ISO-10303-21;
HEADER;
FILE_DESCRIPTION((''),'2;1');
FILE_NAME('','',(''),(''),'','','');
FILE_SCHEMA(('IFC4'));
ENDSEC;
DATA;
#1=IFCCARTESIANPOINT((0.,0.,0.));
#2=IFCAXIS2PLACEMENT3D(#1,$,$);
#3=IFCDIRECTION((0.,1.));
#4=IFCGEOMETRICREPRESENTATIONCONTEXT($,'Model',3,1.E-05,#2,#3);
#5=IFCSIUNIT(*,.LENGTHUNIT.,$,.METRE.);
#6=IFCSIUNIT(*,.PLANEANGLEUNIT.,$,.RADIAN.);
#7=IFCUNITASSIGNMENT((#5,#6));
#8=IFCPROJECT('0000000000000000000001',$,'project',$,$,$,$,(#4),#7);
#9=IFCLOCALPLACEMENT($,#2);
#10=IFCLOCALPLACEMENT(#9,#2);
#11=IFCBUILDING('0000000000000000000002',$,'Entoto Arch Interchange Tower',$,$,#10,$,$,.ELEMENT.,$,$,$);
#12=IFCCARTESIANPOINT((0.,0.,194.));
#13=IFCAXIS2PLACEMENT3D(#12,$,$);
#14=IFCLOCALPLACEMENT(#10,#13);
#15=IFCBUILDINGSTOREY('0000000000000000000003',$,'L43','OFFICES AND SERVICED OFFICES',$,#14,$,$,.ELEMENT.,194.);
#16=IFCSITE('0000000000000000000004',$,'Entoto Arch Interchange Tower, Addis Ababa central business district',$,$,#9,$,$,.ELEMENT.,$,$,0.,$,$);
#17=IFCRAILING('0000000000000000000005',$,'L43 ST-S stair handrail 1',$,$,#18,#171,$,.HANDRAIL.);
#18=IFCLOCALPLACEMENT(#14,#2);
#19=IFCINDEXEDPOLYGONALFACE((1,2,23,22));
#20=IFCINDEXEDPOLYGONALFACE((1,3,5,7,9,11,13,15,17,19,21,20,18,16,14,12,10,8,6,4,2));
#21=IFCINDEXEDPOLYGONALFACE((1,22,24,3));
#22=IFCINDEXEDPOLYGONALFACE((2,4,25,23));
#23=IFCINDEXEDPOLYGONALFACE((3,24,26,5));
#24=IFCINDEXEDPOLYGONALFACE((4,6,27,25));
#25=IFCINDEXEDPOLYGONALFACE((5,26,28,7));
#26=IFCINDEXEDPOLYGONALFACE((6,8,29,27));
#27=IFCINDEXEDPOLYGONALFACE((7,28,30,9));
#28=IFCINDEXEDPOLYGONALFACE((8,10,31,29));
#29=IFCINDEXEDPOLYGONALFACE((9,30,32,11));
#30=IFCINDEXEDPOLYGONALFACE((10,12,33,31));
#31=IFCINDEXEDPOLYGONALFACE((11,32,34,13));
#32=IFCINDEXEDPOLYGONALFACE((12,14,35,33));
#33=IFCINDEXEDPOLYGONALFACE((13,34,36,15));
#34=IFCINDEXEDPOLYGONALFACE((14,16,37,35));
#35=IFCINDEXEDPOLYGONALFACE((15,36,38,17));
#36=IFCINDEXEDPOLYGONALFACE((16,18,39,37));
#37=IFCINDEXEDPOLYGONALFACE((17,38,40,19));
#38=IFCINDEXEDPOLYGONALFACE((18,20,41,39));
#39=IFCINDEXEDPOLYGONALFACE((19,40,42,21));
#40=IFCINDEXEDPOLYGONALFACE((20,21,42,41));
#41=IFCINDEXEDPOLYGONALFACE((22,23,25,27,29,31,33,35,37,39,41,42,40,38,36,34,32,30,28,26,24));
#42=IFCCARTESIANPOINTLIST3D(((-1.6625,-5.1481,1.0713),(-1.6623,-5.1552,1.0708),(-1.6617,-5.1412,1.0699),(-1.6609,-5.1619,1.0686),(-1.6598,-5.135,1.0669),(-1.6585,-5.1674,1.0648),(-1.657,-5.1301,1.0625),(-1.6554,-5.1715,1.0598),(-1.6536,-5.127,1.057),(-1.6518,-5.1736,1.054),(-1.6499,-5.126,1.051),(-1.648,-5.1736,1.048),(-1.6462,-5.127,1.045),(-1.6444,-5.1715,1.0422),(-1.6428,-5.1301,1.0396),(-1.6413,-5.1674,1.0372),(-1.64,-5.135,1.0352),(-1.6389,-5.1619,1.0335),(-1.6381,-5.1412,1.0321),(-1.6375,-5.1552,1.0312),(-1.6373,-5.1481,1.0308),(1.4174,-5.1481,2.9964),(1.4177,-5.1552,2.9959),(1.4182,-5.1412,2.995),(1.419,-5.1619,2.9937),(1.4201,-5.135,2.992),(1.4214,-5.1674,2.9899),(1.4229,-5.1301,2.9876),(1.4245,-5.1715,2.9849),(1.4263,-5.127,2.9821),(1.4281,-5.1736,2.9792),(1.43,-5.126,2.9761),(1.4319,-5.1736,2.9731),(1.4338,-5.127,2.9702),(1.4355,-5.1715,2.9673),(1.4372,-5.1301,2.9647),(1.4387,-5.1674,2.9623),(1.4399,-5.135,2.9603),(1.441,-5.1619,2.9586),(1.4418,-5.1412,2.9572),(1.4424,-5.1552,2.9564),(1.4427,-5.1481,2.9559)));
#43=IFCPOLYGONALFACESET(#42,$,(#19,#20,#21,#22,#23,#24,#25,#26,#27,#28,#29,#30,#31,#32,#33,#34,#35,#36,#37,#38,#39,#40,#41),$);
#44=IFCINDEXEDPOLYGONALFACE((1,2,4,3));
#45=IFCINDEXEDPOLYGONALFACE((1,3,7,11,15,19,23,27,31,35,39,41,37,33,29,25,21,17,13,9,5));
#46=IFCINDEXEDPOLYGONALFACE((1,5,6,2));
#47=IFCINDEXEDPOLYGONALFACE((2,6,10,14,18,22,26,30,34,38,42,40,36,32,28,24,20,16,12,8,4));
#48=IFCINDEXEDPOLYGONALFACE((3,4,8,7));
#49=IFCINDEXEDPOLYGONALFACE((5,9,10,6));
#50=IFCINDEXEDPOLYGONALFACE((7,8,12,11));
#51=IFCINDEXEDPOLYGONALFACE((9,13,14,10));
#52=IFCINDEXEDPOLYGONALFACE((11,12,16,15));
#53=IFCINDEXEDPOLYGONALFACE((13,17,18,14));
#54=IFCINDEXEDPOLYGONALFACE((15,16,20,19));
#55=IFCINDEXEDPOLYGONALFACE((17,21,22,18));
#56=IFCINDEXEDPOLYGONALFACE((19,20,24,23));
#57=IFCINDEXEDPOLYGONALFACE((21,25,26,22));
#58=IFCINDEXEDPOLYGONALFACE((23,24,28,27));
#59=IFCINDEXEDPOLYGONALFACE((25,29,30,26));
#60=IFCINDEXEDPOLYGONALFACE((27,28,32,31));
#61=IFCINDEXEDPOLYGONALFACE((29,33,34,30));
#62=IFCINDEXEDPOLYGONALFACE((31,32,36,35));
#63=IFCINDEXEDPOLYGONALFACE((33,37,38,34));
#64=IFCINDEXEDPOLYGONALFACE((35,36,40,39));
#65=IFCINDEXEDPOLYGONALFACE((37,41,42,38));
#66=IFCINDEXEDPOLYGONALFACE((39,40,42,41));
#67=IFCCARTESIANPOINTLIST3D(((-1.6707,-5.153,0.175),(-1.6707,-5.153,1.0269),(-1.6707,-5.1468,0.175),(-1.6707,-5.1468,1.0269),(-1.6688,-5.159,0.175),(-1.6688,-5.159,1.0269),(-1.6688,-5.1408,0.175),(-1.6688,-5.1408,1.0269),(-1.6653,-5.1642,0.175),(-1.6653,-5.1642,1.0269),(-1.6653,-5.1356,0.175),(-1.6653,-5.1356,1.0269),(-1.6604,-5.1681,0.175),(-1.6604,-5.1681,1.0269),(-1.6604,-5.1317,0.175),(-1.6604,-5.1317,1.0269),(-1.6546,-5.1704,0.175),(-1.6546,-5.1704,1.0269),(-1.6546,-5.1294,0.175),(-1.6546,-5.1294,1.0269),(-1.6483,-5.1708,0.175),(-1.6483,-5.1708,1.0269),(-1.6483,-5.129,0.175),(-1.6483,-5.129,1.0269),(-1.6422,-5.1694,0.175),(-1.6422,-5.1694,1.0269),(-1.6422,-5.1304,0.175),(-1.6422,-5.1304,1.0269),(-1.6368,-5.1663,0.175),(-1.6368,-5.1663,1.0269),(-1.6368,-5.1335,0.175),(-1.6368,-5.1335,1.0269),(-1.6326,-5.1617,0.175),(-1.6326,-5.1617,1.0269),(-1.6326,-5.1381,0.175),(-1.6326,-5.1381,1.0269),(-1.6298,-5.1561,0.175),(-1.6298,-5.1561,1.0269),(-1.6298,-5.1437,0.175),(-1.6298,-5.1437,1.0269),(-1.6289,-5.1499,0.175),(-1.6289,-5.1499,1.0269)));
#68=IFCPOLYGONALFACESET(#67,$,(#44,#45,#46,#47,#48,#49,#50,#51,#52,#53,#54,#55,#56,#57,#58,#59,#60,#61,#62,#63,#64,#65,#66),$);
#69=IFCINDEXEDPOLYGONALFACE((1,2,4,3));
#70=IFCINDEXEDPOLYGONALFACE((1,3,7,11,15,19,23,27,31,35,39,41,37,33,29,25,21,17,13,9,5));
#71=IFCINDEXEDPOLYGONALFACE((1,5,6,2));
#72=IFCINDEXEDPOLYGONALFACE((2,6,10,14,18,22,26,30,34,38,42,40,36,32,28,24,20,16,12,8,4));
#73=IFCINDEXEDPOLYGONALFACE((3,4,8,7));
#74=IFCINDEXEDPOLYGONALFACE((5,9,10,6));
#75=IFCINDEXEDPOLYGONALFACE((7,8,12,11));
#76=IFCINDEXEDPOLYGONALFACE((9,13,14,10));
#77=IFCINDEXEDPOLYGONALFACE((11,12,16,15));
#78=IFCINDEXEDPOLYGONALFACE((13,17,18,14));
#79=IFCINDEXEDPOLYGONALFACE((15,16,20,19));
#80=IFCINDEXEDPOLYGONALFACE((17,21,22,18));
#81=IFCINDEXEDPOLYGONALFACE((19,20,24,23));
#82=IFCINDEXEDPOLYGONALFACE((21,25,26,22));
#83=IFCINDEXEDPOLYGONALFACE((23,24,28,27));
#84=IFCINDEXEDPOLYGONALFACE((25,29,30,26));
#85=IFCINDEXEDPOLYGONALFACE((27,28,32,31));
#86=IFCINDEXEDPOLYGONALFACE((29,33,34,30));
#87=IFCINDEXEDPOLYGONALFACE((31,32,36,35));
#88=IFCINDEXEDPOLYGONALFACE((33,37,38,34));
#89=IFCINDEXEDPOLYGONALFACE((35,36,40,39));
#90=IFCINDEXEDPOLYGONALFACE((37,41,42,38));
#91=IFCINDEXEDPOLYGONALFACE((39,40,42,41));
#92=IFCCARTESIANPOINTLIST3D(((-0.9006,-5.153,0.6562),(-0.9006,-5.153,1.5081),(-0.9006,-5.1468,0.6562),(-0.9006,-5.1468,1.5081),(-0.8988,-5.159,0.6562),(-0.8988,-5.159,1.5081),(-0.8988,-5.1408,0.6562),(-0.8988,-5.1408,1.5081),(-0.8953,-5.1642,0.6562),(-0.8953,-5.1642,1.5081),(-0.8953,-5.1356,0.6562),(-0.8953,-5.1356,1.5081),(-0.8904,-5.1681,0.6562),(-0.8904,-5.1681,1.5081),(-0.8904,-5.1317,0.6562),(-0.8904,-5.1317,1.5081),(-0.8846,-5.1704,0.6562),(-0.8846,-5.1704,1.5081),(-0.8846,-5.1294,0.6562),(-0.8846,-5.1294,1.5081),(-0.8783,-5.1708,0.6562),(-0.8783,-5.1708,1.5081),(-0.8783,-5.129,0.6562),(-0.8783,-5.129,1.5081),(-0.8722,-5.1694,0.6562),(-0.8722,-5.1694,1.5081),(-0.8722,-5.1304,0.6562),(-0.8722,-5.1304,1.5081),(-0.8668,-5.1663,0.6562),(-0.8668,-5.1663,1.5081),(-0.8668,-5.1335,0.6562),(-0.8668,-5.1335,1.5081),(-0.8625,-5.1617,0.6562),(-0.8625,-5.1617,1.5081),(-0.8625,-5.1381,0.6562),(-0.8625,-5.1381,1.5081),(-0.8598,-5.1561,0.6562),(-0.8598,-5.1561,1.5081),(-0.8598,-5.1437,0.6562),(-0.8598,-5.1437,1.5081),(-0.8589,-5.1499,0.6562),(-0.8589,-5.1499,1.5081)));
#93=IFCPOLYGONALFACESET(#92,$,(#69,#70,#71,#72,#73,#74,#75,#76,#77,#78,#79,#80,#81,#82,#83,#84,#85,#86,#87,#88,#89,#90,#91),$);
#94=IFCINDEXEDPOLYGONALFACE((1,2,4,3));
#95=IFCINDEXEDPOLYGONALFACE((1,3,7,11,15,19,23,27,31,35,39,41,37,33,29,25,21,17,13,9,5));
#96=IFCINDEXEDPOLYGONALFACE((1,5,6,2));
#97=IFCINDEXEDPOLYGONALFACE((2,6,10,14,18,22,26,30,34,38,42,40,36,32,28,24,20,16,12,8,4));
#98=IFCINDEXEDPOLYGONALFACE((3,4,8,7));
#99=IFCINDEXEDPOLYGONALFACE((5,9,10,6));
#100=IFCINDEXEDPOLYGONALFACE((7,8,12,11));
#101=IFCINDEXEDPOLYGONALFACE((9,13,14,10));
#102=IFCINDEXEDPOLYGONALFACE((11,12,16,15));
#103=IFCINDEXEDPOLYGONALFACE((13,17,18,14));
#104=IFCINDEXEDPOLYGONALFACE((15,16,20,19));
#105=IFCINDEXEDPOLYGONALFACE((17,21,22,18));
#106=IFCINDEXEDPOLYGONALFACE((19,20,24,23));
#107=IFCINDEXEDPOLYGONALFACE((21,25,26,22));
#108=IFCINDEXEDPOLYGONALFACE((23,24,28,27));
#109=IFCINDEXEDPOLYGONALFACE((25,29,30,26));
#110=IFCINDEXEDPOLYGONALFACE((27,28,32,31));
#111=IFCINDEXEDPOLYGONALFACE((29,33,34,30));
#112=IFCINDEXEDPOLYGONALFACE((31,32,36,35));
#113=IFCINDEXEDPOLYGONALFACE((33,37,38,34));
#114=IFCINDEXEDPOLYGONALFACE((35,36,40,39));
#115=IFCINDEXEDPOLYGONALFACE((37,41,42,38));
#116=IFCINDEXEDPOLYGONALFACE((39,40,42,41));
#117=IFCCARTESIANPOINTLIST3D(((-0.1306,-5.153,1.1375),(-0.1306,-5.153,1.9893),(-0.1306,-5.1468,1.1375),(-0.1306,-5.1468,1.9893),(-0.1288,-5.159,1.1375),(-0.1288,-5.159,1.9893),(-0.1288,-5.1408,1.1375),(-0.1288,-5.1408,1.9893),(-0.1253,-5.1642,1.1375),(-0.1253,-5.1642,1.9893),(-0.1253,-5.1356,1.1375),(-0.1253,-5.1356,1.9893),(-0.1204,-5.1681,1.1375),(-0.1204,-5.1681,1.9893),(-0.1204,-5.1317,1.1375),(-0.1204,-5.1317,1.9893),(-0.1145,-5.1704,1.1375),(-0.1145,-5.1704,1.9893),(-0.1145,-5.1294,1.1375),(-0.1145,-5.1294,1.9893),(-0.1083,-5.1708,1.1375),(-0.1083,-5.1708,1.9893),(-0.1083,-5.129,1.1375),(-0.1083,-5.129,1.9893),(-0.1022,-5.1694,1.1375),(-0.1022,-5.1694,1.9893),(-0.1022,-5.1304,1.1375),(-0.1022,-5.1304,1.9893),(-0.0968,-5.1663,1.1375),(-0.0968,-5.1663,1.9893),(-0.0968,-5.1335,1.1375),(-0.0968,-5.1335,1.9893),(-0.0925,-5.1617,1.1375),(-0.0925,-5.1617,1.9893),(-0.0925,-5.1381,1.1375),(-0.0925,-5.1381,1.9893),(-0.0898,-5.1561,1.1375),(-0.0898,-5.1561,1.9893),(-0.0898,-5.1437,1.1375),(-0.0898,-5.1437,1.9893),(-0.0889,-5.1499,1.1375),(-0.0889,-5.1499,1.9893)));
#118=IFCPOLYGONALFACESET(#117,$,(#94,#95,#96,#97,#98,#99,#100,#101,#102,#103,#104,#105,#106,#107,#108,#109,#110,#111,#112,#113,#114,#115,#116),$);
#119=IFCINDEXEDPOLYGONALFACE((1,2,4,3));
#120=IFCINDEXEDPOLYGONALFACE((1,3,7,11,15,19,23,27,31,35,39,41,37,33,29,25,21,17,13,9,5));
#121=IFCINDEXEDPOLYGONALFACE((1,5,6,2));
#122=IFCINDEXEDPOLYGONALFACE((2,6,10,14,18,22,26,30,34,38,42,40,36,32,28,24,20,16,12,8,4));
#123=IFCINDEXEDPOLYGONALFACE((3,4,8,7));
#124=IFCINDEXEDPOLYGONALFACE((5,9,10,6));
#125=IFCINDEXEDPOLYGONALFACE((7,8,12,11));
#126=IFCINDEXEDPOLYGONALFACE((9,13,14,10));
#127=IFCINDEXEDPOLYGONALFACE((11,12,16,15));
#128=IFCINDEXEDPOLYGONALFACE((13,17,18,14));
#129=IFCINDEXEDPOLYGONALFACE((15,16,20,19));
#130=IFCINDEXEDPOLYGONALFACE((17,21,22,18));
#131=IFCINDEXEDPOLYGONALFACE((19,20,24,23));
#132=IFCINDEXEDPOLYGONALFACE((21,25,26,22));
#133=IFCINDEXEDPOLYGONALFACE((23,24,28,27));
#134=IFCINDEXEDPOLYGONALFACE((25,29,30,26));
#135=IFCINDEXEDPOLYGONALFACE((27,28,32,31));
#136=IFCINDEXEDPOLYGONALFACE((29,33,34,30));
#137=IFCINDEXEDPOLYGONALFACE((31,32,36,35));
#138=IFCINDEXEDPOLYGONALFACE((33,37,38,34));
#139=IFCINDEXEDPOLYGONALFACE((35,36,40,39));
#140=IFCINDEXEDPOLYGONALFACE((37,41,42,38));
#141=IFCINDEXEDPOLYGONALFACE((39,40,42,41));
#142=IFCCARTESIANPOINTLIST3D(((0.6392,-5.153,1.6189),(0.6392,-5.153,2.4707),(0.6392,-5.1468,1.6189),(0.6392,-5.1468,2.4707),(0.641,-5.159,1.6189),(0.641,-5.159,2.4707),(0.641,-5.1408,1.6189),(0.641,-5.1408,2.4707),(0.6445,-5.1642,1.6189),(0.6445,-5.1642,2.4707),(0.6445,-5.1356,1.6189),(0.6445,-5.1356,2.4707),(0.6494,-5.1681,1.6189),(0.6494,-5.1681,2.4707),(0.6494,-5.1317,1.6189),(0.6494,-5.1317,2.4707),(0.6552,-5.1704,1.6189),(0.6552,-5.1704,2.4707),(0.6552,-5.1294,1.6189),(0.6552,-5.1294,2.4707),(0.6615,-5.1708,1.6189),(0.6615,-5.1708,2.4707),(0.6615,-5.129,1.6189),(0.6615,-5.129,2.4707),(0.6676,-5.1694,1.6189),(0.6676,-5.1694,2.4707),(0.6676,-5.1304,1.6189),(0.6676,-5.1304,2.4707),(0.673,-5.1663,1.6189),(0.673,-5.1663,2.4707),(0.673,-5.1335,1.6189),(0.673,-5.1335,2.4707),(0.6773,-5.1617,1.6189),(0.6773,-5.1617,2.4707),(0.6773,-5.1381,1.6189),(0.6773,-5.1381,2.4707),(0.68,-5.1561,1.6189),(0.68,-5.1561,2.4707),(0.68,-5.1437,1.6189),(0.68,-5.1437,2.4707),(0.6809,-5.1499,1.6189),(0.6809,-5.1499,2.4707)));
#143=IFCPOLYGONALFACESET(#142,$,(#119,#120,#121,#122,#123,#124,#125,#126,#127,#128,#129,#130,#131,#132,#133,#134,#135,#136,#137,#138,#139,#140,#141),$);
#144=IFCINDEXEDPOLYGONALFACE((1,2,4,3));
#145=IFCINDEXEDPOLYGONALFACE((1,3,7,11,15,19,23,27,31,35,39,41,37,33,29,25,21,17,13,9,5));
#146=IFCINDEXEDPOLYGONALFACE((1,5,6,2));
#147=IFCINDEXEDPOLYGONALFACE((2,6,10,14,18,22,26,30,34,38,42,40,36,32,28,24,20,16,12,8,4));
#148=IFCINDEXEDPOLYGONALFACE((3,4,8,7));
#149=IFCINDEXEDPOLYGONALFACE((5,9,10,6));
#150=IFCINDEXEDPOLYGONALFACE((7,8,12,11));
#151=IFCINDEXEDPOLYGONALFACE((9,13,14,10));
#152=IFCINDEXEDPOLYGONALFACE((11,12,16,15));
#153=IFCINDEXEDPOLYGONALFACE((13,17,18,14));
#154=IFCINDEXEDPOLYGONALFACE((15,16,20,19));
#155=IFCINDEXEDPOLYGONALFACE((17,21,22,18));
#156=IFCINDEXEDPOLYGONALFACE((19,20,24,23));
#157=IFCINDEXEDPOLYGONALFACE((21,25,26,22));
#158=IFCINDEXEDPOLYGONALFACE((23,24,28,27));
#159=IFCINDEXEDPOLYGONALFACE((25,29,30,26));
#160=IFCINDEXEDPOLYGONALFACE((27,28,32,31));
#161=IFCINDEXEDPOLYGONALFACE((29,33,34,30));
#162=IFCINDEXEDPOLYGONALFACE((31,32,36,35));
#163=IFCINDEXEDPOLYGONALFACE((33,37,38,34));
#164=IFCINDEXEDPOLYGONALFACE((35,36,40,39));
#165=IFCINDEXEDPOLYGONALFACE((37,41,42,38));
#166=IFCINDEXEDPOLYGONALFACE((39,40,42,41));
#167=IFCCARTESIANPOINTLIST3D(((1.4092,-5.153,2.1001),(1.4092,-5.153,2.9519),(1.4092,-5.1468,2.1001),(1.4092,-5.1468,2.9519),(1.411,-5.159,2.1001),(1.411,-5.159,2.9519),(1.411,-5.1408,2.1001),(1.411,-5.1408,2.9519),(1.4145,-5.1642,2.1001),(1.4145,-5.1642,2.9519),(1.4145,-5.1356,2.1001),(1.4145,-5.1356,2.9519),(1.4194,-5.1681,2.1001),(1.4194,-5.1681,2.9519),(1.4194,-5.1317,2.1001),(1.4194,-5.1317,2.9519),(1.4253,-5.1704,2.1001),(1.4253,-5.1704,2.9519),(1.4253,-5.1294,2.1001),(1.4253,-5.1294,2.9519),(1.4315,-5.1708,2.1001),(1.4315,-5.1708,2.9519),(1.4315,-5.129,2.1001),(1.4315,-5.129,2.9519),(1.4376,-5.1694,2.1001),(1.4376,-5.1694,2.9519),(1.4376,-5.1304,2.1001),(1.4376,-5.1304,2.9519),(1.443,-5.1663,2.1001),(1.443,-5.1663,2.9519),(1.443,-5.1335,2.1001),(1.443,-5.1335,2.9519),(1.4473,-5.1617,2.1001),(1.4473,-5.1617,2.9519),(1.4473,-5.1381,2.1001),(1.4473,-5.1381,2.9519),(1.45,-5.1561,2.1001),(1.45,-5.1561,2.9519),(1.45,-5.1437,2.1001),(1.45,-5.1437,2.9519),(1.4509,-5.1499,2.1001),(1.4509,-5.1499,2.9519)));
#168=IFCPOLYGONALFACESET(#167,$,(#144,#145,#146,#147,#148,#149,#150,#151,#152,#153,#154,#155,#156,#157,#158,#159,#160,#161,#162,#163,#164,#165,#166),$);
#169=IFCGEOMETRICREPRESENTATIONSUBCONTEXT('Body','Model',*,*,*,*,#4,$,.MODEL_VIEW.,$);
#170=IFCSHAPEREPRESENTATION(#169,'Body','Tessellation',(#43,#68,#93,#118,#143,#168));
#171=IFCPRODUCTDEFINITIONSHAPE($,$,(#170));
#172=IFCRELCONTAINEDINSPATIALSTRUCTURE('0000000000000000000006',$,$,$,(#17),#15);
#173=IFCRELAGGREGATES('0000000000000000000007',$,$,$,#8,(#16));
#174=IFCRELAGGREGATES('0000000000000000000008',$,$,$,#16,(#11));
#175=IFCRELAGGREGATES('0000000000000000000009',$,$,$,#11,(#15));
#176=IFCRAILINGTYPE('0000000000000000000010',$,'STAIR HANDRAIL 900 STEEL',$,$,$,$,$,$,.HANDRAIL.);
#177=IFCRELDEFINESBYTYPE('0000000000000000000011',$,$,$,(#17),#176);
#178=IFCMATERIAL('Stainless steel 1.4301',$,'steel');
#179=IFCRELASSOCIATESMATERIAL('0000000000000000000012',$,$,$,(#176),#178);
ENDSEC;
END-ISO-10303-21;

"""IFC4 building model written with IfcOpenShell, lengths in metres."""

from ifc_helpers import new_model, si_unit, direction, frame, origin, origin_2d, place, context, subcontext, project, spatial, circle, extrude, material, type_object, element, save


model = new_model("IFC4")

# Units and contexts
model_context = context("Model", 3, precision=1e-05, world=origin(), true_north=direction((0.0, 1.0)))
body_context = subcontext(model_context, "Body", "Model", "MODEL_VIEW")
ifc_project = project(units=[si_unit("LENGTHUNIT", "METRE"), si_unit("PLANEANGLEUNIT", "RADIAN")], contexts=[model_context])

# Site, building, storey
site_placement = place(None, origin())
site = spatial("IfcSite", under=ifc_project, at=site_placement, Name="Entoto Arch Interchange Tower, Addis Ababa central business district", CompositionType="ELEMENT", RefElevation=0.0)
building_placement = place(site_placement, origin())
building = spatial("IfcBuilding", under=site, at=building_placement, Name="Entoto Arch Interchange Tower", CompositionType="ELEMENT")
storey_placement = place(building_placement, frame((0.0, 0.0, 194.0)))
storey = spatial("IfcBuildingStorey", under=building, at=storey_placement, Name="L43", Description="OFFICES AND SERVICED OFFICES", CompositionType="ELEMENT", Elevation=194.0)

# Railing
ifc_material_1 = material(Name="Stainless steel 1.4301", Category="steel")
railing_type_1 = type_object("IfcRailingType", Name="STAIR HANDRAIL 900 STEEL", PredefinedType="HANDRAIL", material=ifc_material_1)
railing_1_placement = place(storey_placement, frame((-1.6499, -5.1499, 0.175)))
element("IfcRailing", 1, at=railing_1_placement, inside=storey, type_object=railing_type_1, Name="L43 ST-S stair handrail 1", PredefinedType="HANDRAIL", context=body_context, shape_type="SweptSolid", body=[
    extrude(circle(Radius=0.0239, at=origin_2d()), frame((0.0, 0.0, 0.876), z_axis=(0.847979, 0.0, 0.530029), x_axis=(0.0, 1.0, 0.0)), (0.0, 0.0, 1.0), 3.6321),
    extrude(circle(Radius=0.021, at=origin_2d()), origin(), (0.0, 0.0, 1.0), 0.8518),
    extrude(circle(Radius=0.021, at=origin_2d()), frame((0.77, 0.0, 0.4812)), (0.0, 0.0, 1.0), 0.8518),
    extrude(circle(Radius=0.021, at=origin_2d()), frame((1.54, 0.0, 0.9624)), (0.0, 0.0, 1.0), 0.8518),
    extrude(circle(Radius=0.021, at=origin_2d()), frame((2.3098, 0.0, 1.4438)), (0.0, 0.0, 1.0), 0.8518),
    extrude(circle(Radius=0.021, at=origin_2d()), frame((3.0798, 0.0, 1.925)), (0.0, 0.0, 1.0), 0.8518),
])

save(model, "model.ifc")
